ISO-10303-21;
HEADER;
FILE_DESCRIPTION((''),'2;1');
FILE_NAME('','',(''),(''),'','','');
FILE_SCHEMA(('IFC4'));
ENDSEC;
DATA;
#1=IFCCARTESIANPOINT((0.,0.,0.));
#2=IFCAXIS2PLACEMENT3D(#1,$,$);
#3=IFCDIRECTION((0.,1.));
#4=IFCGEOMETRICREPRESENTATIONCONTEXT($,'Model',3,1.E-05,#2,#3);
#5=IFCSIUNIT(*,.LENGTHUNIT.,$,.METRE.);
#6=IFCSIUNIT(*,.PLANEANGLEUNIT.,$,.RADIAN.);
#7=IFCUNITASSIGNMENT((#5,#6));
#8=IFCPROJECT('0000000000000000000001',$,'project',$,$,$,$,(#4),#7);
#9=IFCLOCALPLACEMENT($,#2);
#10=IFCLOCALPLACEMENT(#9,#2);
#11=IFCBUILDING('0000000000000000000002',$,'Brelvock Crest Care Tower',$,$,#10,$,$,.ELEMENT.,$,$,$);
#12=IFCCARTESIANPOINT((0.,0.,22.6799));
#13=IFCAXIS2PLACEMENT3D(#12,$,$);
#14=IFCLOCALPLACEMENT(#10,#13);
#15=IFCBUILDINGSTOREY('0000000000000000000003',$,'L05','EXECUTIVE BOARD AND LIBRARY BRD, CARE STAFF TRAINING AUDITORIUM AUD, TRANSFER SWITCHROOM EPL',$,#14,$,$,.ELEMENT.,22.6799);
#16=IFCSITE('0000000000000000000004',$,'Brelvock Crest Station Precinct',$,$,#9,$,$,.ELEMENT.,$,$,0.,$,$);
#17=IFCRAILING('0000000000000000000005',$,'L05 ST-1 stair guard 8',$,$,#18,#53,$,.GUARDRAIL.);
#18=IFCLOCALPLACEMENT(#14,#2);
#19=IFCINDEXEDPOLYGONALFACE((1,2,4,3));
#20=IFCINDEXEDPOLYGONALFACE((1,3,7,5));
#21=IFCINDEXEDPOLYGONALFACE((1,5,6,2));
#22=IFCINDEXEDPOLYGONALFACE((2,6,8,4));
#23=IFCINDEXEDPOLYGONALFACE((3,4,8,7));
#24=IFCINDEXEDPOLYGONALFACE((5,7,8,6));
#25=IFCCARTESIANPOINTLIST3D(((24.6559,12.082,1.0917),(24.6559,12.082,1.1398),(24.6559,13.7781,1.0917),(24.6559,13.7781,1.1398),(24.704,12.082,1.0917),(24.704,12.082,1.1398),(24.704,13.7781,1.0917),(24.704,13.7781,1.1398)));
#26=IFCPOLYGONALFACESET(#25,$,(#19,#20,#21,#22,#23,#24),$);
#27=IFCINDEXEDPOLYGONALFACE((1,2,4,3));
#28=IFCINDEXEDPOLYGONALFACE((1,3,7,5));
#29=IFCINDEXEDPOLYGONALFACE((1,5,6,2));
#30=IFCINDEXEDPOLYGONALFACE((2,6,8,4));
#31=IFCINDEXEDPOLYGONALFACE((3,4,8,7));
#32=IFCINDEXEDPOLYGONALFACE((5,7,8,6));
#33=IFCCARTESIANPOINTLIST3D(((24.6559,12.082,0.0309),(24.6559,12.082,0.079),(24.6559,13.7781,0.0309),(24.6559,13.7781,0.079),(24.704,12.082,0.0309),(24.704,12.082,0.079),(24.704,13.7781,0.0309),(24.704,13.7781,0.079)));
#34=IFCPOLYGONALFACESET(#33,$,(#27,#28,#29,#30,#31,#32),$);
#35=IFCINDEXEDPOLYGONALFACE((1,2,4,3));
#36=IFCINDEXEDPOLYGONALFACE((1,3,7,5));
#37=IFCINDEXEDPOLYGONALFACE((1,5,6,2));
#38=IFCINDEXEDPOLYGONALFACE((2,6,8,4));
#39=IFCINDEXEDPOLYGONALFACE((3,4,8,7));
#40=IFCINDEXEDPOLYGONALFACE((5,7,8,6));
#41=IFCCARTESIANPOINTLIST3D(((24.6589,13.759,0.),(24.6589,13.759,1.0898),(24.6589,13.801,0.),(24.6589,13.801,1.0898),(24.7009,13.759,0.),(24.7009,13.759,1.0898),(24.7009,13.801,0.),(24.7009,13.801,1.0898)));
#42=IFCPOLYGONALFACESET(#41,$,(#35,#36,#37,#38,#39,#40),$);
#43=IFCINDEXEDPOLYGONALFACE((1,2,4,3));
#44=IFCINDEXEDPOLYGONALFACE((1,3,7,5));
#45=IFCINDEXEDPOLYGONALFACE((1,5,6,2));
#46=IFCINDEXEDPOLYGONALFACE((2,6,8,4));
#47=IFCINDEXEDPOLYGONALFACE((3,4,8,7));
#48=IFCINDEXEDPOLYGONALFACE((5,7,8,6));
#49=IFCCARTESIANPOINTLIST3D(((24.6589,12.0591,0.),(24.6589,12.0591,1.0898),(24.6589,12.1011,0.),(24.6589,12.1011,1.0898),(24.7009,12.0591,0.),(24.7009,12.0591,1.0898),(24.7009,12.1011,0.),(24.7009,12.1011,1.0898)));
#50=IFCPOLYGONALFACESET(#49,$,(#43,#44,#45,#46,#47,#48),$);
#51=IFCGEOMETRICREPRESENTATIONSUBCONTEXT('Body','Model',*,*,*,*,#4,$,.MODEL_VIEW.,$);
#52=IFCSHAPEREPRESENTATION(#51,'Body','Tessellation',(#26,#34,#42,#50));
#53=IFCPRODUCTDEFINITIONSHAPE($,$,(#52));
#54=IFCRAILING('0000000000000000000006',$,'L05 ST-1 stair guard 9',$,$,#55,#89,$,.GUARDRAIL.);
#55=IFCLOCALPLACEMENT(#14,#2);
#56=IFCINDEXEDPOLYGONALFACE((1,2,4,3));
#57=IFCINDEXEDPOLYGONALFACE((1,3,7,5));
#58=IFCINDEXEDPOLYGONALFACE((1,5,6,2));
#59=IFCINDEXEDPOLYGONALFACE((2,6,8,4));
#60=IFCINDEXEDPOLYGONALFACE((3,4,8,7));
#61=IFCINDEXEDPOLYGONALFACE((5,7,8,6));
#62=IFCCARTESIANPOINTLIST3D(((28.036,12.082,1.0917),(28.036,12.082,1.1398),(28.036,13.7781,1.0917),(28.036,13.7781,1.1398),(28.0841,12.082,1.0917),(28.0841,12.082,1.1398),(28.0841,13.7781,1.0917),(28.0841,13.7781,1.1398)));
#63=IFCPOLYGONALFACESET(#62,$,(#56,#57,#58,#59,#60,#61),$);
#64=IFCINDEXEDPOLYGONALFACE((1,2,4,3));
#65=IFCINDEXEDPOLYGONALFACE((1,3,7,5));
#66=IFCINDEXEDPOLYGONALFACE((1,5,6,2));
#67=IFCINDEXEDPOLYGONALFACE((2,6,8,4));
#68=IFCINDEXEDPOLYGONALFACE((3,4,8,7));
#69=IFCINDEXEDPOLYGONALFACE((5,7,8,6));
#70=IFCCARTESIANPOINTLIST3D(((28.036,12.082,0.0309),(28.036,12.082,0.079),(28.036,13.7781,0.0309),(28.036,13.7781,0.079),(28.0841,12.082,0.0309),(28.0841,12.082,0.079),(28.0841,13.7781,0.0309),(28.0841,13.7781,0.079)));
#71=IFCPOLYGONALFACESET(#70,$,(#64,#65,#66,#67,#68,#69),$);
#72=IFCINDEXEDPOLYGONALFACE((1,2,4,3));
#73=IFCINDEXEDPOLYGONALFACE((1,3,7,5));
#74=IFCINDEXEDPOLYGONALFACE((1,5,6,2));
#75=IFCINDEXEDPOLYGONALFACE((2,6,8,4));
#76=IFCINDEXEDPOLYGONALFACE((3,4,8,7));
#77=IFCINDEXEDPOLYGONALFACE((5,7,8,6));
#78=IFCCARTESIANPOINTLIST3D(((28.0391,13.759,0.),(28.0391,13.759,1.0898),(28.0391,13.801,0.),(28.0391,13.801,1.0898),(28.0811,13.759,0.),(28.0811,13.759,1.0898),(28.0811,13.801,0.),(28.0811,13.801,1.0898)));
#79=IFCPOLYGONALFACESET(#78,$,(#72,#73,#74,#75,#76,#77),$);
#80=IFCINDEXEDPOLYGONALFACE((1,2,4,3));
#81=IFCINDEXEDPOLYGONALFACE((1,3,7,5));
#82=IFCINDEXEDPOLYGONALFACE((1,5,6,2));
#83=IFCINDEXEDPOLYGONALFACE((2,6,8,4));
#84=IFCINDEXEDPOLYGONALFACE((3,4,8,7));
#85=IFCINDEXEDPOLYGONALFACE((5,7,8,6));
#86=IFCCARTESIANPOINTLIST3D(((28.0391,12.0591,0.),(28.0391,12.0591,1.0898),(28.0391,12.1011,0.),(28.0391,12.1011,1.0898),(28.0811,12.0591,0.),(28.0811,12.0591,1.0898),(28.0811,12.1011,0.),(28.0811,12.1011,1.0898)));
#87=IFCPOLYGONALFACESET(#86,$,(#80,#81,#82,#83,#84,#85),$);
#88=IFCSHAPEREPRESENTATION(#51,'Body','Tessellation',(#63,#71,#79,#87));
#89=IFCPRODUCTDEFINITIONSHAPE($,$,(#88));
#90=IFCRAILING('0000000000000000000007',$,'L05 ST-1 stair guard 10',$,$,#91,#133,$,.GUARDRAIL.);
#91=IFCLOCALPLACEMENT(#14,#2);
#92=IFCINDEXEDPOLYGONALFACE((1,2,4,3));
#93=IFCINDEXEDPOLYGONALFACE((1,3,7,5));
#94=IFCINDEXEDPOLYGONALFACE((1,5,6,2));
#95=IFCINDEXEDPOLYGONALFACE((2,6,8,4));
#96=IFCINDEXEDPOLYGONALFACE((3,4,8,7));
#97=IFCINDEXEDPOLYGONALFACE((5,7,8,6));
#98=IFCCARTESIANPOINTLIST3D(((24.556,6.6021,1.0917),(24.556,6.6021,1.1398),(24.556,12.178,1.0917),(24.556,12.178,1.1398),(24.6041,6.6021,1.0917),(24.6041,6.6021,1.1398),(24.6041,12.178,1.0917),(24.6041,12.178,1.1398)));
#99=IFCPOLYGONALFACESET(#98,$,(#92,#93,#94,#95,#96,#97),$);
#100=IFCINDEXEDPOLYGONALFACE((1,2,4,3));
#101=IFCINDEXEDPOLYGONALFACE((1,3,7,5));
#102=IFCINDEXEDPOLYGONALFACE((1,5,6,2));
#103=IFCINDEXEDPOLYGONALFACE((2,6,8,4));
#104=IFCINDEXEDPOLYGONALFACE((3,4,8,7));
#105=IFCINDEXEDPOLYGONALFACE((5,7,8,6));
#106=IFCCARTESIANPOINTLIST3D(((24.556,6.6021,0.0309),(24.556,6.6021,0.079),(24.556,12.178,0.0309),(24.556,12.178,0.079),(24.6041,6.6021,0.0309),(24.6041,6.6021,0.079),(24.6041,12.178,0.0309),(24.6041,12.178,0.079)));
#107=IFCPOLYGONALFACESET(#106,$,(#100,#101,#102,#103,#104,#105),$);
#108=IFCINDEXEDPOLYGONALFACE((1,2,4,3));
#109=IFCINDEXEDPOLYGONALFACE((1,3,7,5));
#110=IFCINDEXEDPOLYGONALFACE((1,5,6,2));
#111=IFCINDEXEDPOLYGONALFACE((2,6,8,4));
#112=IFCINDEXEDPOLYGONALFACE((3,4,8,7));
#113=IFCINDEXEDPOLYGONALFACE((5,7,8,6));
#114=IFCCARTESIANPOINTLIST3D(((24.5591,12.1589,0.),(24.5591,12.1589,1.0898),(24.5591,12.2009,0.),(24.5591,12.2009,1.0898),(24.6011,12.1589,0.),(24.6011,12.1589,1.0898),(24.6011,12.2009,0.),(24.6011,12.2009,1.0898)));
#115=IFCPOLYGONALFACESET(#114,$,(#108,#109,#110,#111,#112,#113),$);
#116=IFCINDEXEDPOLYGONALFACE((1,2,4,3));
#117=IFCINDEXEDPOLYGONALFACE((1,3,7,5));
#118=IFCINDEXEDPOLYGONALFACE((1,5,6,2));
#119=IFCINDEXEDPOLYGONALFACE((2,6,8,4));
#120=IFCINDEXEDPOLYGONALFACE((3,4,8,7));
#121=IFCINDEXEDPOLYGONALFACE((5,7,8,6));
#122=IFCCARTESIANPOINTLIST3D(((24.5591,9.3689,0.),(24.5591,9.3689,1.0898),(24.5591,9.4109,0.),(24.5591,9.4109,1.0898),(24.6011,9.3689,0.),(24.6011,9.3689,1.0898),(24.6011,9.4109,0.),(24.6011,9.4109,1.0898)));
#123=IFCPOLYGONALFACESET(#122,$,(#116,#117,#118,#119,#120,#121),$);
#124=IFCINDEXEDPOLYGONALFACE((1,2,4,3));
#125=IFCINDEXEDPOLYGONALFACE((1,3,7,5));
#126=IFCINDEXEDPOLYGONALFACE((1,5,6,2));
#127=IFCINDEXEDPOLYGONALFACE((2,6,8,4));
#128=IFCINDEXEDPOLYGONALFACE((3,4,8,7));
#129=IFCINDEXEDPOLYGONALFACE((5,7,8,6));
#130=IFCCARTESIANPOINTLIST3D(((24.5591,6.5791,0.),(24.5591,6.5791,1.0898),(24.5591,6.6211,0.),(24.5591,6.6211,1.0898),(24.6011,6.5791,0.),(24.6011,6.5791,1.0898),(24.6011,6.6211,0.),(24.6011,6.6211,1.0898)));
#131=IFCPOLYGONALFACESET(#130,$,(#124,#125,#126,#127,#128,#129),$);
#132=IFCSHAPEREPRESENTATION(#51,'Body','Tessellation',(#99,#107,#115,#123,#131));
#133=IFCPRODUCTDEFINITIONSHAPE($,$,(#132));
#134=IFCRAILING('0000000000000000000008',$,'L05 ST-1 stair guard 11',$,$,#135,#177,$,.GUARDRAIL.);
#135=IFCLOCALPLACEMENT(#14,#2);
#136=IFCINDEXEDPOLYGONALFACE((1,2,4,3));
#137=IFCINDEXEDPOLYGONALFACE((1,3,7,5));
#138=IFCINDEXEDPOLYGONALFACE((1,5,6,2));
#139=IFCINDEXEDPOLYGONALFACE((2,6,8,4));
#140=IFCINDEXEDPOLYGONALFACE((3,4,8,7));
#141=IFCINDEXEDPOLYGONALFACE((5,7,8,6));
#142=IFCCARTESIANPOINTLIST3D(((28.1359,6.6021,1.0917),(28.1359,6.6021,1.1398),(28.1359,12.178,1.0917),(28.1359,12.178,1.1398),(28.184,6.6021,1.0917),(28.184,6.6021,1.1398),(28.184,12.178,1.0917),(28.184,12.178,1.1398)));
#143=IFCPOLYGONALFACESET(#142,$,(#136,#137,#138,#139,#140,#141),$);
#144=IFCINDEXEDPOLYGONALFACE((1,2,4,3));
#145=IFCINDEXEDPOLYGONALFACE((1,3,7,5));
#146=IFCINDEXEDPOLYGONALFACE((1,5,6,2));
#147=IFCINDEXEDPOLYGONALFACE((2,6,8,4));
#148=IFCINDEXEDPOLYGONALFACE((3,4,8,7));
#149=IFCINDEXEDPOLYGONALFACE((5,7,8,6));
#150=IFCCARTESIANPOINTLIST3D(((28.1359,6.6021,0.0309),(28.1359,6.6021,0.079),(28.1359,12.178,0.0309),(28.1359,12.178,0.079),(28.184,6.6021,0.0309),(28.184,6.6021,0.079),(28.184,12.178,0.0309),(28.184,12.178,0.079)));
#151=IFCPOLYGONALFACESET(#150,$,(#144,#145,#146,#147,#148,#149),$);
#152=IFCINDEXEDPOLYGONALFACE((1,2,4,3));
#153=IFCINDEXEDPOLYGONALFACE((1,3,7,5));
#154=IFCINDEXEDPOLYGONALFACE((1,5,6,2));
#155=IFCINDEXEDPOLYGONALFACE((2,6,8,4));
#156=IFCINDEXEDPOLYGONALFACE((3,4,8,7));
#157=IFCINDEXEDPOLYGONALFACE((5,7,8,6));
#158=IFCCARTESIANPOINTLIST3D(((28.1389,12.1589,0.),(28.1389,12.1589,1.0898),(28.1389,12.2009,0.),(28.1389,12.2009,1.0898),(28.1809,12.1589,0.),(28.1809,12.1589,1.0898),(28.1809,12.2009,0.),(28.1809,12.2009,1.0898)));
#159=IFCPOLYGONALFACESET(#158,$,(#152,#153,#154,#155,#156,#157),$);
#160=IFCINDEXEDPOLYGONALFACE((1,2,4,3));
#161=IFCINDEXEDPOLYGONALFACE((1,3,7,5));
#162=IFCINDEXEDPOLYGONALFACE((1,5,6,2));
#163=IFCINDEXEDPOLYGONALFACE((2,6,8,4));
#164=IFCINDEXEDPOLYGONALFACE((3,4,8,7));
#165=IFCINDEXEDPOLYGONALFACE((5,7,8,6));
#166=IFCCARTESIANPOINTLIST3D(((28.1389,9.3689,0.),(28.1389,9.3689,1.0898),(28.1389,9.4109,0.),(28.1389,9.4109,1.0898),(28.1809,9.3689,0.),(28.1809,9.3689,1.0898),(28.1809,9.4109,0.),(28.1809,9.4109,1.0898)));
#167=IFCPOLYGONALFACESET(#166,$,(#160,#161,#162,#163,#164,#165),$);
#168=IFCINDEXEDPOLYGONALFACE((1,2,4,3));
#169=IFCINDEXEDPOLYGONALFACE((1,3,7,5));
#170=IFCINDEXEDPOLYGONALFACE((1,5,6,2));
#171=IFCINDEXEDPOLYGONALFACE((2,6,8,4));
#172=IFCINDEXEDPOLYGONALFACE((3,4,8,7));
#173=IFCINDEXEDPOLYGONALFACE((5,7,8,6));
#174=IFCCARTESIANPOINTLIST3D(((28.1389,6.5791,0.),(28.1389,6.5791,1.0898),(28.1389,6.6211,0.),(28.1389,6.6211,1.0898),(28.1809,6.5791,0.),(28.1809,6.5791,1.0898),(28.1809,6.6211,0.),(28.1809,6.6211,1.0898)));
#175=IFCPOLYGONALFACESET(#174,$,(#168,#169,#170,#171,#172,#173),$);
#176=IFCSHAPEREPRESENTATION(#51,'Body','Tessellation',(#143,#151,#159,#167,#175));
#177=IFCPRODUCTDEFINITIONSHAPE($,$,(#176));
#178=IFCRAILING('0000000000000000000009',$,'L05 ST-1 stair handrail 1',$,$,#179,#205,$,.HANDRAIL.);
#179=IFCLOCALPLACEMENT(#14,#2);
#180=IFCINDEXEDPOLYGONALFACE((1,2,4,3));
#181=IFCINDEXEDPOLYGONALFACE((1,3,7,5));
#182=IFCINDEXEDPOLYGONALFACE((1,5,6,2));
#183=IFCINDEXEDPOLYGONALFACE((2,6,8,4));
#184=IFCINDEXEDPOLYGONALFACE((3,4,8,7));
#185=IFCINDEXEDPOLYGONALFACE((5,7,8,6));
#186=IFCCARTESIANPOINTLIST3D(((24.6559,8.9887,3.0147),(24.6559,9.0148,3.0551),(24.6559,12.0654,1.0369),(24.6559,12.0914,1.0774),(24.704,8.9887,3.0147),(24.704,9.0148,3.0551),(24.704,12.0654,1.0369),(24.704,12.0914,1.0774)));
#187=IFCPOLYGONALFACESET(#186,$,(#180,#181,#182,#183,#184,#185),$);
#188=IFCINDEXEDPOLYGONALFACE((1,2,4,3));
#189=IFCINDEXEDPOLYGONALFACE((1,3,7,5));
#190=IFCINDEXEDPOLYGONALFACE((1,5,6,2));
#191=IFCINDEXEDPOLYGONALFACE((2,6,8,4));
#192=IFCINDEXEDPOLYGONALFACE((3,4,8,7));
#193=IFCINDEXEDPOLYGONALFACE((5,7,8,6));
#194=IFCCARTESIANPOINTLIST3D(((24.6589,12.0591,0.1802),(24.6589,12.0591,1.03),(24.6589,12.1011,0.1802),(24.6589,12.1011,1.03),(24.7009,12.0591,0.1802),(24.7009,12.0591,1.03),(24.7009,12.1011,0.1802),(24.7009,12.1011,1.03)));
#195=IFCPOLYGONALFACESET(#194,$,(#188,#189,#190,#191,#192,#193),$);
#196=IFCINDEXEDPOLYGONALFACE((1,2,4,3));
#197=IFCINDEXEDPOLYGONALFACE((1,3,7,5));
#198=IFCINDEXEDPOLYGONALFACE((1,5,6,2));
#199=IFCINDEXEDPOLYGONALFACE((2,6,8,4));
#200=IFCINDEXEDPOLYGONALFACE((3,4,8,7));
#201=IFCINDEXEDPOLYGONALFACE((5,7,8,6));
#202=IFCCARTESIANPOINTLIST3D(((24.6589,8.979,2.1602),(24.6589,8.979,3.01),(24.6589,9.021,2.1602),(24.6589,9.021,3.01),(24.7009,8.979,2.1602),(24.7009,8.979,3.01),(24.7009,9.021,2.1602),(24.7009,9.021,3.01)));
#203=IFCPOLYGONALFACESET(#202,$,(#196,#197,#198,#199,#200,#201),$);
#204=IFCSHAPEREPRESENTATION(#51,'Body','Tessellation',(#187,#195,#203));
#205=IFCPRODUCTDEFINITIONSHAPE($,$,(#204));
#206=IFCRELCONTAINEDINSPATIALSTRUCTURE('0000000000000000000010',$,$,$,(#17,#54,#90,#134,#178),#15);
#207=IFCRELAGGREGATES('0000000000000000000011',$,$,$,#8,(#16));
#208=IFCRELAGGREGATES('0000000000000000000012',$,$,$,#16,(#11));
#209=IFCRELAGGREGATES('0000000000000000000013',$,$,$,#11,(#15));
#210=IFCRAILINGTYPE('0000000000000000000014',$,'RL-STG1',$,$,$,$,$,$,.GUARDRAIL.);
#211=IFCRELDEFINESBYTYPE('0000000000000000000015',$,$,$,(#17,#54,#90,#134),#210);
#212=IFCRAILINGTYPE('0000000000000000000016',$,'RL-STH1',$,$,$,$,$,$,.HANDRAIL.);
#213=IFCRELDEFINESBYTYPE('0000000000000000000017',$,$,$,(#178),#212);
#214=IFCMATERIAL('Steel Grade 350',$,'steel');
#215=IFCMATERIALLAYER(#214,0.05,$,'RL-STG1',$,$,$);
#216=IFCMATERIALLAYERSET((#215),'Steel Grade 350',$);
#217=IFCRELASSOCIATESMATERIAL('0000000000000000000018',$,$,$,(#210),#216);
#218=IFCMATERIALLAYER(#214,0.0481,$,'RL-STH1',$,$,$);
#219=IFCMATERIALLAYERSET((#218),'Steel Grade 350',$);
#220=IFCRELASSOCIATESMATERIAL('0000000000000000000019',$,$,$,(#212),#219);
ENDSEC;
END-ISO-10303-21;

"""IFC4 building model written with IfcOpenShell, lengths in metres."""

from ifc_helpers import new_model, si_unit, direction, frame, origin, origin_2d, place, context, subcontext, project, spatial, rectangle, extrude, material, layer, layer_set, type_object, element, save


model = new_model("IFC4")

# Units and contexts
model_context = context("Model", 3, precision=1e-05, world=origin(), true_north=direction((0.0, 1.0)))
body_context = subcontext(model_context, "Body", "Model", "MODEL_VIEW")
ifc_project = project(units=[si_unit("LENGTHUNIT", "METRE"), si_unit("PLANEANGLEUNIT", "RADIAN")], contexts=[model_context])

# Site, building, storey
site_placement = place(None, origin())
site = spatial("IfcSite", under=ifc_project, at=site_placement, Name="Brelvock Crest Station Precinct", CompositionType="ELEMENT", RefElevation=0.0)
building_placement = place(site_placement, origin())
building = spatial("IfcBuilding", under=site, at=building_placement, Name="Brelvock Crest Care Tower", CompositionType="ELEMENT")
storey_placement = place(building_placement, frame((0.0, 0.0, 22.6799)))
storey = spatial("IfcBuildingStorey", under=building, at=storey_placement, Name="L05", Description="EXECUTIVE BOARD AND LIBRARY BRD, CARE STAFF TRAINING AUDITORIUM AUD, TRANSFER SWITCHROOM EPL", CompositionType="ELEMENT", Elevation=22.6799)

# Shared definitions
ifc_material_1 = material(Name="Steel Grade 350", Category="steel")

# Railings
ifc_layer_1 = layer(ifc_material_1, 0.05, Name="RL-STG1")
ifc_layer_set_1 = layer_set([ifc_layer_1], Name="Steel Grade 350")
railing_type_1 = type_object("IfcRailingType", Name="RL-STG1", PredefinedType="GUARDRAIL", material=ifc_layer_set_1)
for number, where, name in (
    (1, (24.6799, 13.78, 0.0), "L05 ST-1 stair guard 8"),
    (2, (28.0601, 13.78, 0.0), "L05 ST-1 stair guard 9"),
):
    element("IfcRailing", number, at=place(storey_placement, frame(where)), inside=storey, type_object=railing_type_1, Name=name, PredefinedType="GUARDRAIL", context=body_context, shape_type="SweptSolid", body=[
        extrude(rectangle(XDim=0.0481, YDim=0.0481, at=origin_2d()), frame((0.0, -0.002, 1.1157), z_axis=(0.0, -1.0, 0.0), x_axis=(1.0, 0.0, 0.0)), (0.0, 0.0, 1.0), 1.696),
        extrude(rectangle(XDim=0.0481, YDim=0.0481, at=origin_2d()), frame((0.0, -0.002, 0.0549), z_axis=(0.0, -1.0, 0.0), x_axis=(1.0, 0.0, 0.0)), (0.0, 0.0, 1.0), 1.696),
        extrude(rectangle(XDim=0.042, YDim=0.042, at=origin_2d()), origin(), (0.0, 0.0, 1.0), 1.0898),
        extrude(rectangle(XDim=0.042, YDim=0.042, at=origin_2d()), frame((0.0, -1.7, 0.0)), (0.0, 0.0, 1.0), 1.0898),
    ])
for number, where, name in (
    (3, (24.5801, 12.1799, 0.0), "L05 ST-1 stair guard 10"),
    (4, (28.1599, 12.1799, 0.0), "L05 ST-1 stair guard 11"),
):
    element("IfcRailing", number, at=place(storey_placement, frame(where)), inside=storey, type_object=railing_type_1, Name=name, PredefinedType="GUARDRAIL", context=body_context, shape_type="SweptSolid", body=[
        extrude(rectangle(XDim=0.0481, YDim=0.0481, at=origin_2d()), frame((0.0, -0.002, 1.1157), z_axis=(0.0, -1.0, 0.0), x_axis=(1.0, 0.0, 0.0)), (0.0, 0.0, 1.0), 5.5759),
        extrude(rectangle(XDim=0.0481, YDim=0.0481, at=origin_2d()), frame((0.0, -0.002, 0.0549), z_axis=(0.0, -1.0, 0.0), x_axis=(1.0, 0.0, 0.0)), (0.0, 0.0, 1.0), 5.5759),
        extrude(rectangle(XDim=0.042, YDim=0.042, at=origin_2d()), origin(), (0.0, 0.0, 1.0), 1.0898),
        extrude(rectangle(XDim=0.042, YDim=0.042, at=origin_2d()), frame((0.0, -2.79, 0.0)), (0.0, 0.0, 1.0), 1.0898),
        extrude(rectangle(XDim=0.042, YDim=0.042, at=origin_2d()), frame((0.0, -5.5798, 0.0)), (0.0, 0.0, 1.0), 1.0898),
    ])
ifc_layer_2 = layer(ifc_material_1, 0.0481, Name="RL-STH1")
ifc_layer_set_2 = layer_set([ifc_layer_2], Name="Steel Grade 350")
railing_type_2 = type_object("IfcRailingType", Name="RL-STH1", PredefinedType="HANDRAIL", material=ifc_layer_set_2)
railing_1_placement = place(storey_placement, frame((24.6799, 12.0801, 0.1802)))
element("IfcRailing", 5, at=railing_1_placement, inside=storey, type_object=railing_type_2, Name="L05 ST-1 stair handrail 1", PredefinedType="HANDRAIL", context=body_context, shape_type="SweptSolid", body=[
    extrude(rectangle(XDim=0.0481, YDim=0.0481, at=origin_2d()), frame((0.0, -0.0017, 0.877), z_axis=(0.0, -0.841187, 0.540744), x_axis=(1.0, 0.0, 0.0)), (0.0, 0.0, 1.0), 3.6575),
    extrude(rectangle(XDim=0.042, YDim=0.042, at=origin_2d()), origin(), (0.0, 0.0, 1.0), 0.8499),
    extrude(rectangle(XDim=0.042, YDim=0.042, at=origin_2d()), frame((0.0, -3.0801, 1.98)), (0.0, 0.0, 1.0), 0.8499),
])

save(model, "model.ifc")
